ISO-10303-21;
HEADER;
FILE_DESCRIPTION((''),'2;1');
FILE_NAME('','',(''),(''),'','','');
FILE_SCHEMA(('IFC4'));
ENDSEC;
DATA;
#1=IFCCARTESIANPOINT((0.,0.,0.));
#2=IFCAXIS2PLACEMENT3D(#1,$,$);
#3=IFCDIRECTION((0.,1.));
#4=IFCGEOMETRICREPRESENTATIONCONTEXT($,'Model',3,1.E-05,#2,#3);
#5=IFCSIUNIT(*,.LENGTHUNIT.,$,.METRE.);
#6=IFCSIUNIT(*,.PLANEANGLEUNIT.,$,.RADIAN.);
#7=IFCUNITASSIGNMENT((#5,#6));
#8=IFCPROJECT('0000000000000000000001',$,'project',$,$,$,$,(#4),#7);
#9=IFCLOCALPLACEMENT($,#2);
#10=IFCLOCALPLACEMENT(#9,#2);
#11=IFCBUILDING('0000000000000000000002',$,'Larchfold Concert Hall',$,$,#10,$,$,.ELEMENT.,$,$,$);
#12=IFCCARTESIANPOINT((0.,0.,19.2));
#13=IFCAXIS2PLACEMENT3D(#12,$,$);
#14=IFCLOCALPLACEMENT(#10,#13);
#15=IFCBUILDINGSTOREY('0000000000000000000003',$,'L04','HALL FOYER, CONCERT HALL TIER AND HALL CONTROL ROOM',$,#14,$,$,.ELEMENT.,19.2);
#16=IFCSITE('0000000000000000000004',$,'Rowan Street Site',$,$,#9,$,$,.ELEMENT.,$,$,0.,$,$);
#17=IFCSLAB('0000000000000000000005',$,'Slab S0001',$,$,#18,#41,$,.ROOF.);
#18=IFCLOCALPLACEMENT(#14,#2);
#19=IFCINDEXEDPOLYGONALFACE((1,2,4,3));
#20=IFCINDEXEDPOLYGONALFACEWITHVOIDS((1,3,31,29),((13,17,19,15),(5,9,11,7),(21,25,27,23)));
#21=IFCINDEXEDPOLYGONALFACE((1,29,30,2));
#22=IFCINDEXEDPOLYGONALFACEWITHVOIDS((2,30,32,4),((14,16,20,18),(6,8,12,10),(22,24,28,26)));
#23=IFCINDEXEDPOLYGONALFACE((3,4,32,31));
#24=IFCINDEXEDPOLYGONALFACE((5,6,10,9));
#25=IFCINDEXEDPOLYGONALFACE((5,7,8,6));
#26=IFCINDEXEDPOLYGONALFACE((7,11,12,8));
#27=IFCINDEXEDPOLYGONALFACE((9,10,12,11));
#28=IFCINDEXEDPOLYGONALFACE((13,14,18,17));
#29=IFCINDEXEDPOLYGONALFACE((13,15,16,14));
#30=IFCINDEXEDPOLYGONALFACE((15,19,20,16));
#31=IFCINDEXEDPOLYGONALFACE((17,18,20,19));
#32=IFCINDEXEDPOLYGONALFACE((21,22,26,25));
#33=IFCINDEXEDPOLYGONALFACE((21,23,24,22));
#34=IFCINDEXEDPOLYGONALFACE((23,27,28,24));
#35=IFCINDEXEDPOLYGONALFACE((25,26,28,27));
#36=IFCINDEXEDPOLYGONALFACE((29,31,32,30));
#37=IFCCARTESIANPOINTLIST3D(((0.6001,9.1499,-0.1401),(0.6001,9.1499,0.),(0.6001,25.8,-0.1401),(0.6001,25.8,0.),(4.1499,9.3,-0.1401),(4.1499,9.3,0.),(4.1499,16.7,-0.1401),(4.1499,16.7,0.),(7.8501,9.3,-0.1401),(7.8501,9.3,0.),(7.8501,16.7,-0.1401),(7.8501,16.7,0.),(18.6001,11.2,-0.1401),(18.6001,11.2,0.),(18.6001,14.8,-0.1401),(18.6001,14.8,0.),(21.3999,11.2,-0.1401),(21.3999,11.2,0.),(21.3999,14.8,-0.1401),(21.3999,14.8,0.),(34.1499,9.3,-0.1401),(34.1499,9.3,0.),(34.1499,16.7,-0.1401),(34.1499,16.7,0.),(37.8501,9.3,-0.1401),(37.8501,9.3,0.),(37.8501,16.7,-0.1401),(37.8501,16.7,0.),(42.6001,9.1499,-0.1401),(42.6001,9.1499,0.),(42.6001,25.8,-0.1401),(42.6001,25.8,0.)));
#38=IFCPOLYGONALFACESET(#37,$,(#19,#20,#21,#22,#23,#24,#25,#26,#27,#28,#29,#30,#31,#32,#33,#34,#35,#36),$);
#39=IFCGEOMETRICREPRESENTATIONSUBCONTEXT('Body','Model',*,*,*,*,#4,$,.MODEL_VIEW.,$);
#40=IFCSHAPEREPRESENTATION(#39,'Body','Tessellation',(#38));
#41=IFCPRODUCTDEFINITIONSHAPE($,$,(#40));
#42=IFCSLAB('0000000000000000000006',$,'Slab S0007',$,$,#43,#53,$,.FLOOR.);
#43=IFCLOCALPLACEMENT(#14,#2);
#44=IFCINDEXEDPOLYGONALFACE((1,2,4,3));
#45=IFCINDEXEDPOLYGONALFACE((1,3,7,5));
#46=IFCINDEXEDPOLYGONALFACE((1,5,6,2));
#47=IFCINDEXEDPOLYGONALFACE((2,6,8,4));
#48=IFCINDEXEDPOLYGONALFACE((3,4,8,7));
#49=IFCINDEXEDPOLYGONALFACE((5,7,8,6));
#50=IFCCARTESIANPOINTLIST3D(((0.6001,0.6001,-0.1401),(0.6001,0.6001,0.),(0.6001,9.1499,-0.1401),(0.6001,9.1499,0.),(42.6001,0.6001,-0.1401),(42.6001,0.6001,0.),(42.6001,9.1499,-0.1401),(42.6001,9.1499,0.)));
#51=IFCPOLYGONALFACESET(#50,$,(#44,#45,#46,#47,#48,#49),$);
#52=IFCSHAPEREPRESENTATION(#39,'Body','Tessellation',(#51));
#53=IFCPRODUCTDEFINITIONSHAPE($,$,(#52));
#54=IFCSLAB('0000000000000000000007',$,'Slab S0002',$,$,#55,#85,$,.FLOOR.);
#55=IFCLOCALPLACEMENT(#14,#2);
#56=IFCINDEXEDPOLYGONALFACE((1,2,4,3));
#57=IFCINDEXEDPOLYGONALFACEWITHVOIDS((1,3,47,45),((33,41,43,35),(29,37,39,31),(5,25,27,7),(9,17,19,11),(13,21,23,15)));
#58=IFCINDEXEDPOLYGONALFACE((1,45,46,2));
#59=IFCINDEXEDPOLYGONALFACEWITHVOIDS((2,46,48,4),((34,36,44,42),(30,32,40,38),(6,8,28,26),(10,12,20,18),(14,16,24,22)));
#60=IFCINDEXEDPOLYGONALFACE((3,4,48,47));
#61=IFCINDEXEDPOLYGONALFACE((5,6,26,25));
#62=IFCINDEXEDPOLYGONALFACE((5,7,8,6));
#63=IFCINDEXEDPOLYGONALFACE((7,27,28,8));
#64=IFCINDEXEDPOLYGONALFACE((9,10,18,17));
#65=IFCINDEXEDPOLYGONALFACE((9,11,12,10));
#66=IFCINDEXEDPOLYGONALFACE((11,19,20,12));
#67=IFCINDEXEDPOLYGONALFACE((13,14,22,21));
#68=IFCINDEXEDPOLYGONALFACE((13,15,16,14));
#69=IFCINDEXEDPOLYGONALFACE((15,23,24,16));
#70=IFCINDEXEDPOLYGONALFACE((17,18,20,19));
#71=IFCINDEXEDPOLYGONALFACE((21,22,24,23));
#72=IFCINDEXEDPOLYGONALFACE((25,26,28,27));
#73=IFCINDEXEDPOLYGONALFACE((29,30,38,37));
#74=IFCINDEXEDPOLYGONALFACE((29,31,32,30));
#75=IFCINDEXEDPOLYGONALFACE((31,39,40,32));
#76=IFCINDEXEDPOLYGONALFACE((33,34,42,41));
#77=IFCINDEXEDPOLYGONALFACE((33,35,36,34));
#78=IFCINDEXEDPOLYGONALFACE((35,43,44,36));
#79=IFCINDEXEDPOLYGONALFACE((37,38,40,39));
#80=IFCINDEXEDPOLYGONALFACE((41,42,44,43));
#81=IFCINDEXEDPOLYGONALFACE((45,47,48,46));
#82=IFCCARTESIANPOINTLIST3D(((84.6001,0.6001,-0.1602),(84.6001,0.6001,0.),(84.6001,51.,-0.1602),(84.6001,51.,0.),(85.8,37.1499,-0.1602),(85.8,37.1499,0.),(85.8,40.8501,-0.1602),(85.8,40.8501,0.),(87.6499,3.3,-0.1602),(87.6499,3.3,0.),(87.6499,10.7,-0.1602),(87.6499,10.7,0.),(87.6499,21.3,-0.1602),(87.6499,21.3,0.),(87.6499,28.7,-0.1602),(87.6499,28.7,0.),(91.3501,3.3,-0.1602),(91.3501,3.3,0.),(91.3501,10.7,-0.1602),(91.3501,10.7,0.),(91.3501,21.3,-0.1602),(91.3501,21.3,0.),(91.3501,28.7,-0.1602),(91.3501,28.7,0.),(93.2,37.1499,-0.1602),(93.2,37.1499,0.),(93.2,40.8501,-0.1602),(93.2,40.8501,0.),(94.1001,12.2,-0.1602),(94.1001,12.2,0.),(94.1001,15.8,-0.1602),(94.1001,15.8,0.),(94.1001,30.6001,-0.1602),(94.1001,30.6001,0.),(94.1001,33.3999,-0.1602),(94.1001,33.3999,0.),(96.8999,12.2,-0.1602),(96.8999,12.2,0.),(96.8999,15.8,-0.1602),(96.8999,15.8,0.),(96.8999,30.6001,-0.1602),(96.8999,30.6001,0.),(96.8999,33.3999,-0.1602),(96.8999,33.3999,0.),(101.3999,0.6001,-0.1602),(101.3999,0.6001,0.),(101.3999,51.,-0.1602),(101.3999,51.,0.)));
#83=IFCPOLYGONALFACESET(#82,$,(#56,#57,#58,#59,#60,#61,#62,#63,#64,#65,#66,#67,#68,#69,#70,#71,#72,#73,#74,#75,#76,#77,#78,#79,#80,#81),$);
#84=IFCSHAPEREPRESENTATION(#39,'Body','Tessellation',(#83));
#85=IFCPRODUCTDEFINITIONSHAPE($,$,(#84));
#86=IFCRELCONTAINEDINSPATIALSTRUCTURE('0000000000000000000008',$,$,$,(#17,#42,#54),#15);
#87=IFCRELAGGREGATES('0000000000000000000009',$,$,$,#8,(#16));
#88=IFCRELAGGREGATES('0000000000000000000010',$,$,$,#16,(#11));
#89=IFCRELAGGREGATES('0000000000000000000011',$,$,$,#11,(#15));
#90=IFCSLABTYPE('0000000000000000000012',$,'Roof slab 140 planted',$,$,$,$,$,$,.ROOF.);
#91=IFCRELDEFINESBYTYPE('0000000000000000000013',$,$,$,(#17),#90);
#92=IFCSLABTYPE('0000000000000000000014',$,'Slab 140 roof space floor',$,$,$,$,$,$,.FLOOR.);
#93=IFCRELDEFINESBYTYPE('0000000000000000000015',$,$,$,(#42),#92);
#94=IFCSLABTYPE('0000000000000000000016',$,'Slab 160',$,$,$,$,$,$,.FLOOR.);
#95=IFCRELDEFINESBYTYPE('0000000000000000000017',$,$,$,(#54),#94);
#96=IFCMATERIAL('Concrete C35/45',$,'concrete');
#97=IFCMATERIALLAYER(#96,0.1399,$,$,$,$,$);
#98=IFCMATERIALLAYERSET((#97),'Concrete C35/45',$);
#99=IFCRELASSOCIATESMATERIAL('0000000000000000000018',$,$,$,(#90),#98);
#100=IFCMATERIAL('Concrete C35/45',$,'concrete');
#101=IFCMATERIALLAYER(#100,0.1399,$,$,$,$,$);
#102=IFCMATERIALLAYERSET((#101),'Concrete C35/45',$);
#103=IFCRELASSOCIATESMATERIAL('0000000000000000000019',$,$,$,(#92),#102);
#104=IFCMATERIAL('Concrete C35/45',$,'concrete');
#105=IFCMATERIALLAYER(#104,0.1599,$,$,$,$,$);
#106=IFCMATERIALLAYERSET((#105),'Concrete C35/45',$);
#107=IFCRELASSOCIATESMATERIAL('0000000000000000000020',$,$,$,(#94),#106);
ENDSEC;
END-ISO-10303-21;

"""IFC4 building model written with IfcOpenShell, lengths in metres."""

from ifc_helpers import new_model, si_unit, direction, frame, origin, place, context, subcontext, project, spatial, polyline, outline, extrude, material, layer, layer_set, type_object, element, save


model = new_model("IFC4")

# Units and contexts
model_context = context("Model", 3, precision=1e-05, world=origin(), true_north=direction((0.0, 1.0)))
body_context = subcontext(model_context, "Body", "Model", "MODEL_VIEW")
ifc_project = project(units=[si_unit("LENGTHUNIT", "METRE"), si_unit("PLANEANGLEUNIT", "RADIAN")], contexts=[model_context])

# Site, building, storey
site_placement = place(None, origin())
site = spatial("IfcSite", under=ifc_project, at=site_placement, Name="Rowan Street Site", CompositionType="ELEMENT", RefElevation=0.0)
building_placement = place(site_placement, origin())
building = spatial("IfcBuilding", under=site, at=building_placement, Name="Larchfold Concert Hall", CompositionType="ELEMENT")
storey_placement = place(building_placement, frame((0.0, 0.0, 19.2)))
storey = spatial("IfcBuildingStorey", under=building, at=storey_placement, Name="L04", Description="HALL FOYER, CONCERT HALL TIER AND HALL CONTROL ROOM", CompositionType="ELEMENT", Elevation=19.2)

# Slabs
ifc_material_1 = material(Name="Concrete C35/45", Category="concrete")
ifc_layer_1 = layer(ifc_material_1, 0.1399)
ifc_layer_set_1 = layer_set([ifc_layer_1], Name="Concrete C35/45")
slab_type_1 = type_object("IfcSlabType", Name="Roof slab 140 planted", PredefinedType="ROOF", material=ifc_layer_set_1)
slab_1_placement = place(storey_placement, frame((0.0, 0.0, -0.1401)))
element("IfcSlab", 1, at=slab_1_placement, inside=storey, type_object=slab_type_1, Name="Slab S0001", PredefinedType="ROOF", context=body_context, shape_type="SweptSolid", body=[
    extrude(outline(polyline([(0.6001, 25.8), (0.6001, 9.1499), (42.6001, 9.1499), (42.6001, 25.8), (0.6001, 25.8)]), holes=[polyline([(7.8501, 16.7), (7.8501, 9.3), (4.1499, 9.3), (4.1499, 16.7), (7.8501, 16.7)]), polyline([(21.3999, 11.2), (18.6001, 11.2), (18.6001, 14.8), (21.3999, 14.8), (21.3999, 11.2)]), polyline([(37.8501, 9.3), (34.1499, 9.3), (34.1499, 16.7), (37.8501, 16.7), (37.8501, 9.3)])]), origin(), (0.0, 0.0, 1.0), 0.1401),
])
ifc_material_2 = material(Name="Concrete C35/45", Category="concrete")
ifc_layer_2 = layer(ifc_material_2, 0.1399)
ifc_layer_set_2 = layer_set([ifc_layer_2], Name="Concrete C35/45")
slab_type_2 = type_object("IfcSlabType", Name="Slab 140 roof space floor", PredefinedType="FLOOR", material=ifc_layer_set_2)
slab_2_placement = place(storey_placement, frame((0.0, 0.0, -0.1401)))
element("IfcSlab", 2, at=slab_2_placement, inside=storey, type_object=slab_type_2, Name="Slab S0007", PredefinedType="FLOOR", context=body_context, shape_type="SweptSolid", body=[
    extrude(outline(polyline([(42.6001, 0.6001), (42.6001, 9.1499), (0.6001, 9.1499), (0.6001, 0.6001), (42.6001, 0.6001)])), origin(), (0.0, 0.0, 1.0), 0.1401),
])
ifc_material_3 = material(Name="Concrete C35/45", Category="concrete")
ifc_layer_3 = layer(ifc_material_3, 0.1599)
ifc_layer_set_3 = layer_set([ifc_layer_3], Name="Concrete C35/45")
slab_type_3 = type_object("IfcSlabType", Name="Slab 160", PredefinedType="FLOOR", material=ifc_layer_set_3)
slab_3_placement = place(storey_placement, frame((0.0, 0.0, -0.1602)))
element("IfcSlab", 3, at=slab_3_placement, inside=storey, type_object=slab_type_3, Name="Slab S0002", PredefinedType="FLOOR", context=body_context, shape_type="SweptSolid", body=[
    extrude(outline(polyline([(84.6001, 0.6001), (101.3999, 0.6001), (101.3999, 51.0), (84.6001, 51.0), (84.6001, 0.6001)]), holes=[polyline([(87.6499, 3.3), (87.6499, 10.7), (91.3501, 10.7), (91.3501, 3.3), (87.6499, 3.3)]), polyline([(94.1001, 12.2), (94.1001, 15.8), (96.8999, 15.8), (96.8999, 12.2), (94.1001, 12.2)]), polyline([(87.6499, 21.3), (87.6499, 28.7), (91.3501, 28.7), (91.3501, 21.3), (87.6499, 21.3)]), polyline([(94.1001, 33.3999), (96.8999, 33.3999), (96.8999, 30.6001), (94.1001, 30.6001), (94.1001, 33.3999)]), polyline([(85.8, 40.8501), (93.2, 40.8501), (93.2, 37.1499), (85.8, 37.1499), (85.8, 40.8501)])]), origin(), (0.0, 0.0, 1.0), 0.1602),
])

save(model, "model.ifc")
